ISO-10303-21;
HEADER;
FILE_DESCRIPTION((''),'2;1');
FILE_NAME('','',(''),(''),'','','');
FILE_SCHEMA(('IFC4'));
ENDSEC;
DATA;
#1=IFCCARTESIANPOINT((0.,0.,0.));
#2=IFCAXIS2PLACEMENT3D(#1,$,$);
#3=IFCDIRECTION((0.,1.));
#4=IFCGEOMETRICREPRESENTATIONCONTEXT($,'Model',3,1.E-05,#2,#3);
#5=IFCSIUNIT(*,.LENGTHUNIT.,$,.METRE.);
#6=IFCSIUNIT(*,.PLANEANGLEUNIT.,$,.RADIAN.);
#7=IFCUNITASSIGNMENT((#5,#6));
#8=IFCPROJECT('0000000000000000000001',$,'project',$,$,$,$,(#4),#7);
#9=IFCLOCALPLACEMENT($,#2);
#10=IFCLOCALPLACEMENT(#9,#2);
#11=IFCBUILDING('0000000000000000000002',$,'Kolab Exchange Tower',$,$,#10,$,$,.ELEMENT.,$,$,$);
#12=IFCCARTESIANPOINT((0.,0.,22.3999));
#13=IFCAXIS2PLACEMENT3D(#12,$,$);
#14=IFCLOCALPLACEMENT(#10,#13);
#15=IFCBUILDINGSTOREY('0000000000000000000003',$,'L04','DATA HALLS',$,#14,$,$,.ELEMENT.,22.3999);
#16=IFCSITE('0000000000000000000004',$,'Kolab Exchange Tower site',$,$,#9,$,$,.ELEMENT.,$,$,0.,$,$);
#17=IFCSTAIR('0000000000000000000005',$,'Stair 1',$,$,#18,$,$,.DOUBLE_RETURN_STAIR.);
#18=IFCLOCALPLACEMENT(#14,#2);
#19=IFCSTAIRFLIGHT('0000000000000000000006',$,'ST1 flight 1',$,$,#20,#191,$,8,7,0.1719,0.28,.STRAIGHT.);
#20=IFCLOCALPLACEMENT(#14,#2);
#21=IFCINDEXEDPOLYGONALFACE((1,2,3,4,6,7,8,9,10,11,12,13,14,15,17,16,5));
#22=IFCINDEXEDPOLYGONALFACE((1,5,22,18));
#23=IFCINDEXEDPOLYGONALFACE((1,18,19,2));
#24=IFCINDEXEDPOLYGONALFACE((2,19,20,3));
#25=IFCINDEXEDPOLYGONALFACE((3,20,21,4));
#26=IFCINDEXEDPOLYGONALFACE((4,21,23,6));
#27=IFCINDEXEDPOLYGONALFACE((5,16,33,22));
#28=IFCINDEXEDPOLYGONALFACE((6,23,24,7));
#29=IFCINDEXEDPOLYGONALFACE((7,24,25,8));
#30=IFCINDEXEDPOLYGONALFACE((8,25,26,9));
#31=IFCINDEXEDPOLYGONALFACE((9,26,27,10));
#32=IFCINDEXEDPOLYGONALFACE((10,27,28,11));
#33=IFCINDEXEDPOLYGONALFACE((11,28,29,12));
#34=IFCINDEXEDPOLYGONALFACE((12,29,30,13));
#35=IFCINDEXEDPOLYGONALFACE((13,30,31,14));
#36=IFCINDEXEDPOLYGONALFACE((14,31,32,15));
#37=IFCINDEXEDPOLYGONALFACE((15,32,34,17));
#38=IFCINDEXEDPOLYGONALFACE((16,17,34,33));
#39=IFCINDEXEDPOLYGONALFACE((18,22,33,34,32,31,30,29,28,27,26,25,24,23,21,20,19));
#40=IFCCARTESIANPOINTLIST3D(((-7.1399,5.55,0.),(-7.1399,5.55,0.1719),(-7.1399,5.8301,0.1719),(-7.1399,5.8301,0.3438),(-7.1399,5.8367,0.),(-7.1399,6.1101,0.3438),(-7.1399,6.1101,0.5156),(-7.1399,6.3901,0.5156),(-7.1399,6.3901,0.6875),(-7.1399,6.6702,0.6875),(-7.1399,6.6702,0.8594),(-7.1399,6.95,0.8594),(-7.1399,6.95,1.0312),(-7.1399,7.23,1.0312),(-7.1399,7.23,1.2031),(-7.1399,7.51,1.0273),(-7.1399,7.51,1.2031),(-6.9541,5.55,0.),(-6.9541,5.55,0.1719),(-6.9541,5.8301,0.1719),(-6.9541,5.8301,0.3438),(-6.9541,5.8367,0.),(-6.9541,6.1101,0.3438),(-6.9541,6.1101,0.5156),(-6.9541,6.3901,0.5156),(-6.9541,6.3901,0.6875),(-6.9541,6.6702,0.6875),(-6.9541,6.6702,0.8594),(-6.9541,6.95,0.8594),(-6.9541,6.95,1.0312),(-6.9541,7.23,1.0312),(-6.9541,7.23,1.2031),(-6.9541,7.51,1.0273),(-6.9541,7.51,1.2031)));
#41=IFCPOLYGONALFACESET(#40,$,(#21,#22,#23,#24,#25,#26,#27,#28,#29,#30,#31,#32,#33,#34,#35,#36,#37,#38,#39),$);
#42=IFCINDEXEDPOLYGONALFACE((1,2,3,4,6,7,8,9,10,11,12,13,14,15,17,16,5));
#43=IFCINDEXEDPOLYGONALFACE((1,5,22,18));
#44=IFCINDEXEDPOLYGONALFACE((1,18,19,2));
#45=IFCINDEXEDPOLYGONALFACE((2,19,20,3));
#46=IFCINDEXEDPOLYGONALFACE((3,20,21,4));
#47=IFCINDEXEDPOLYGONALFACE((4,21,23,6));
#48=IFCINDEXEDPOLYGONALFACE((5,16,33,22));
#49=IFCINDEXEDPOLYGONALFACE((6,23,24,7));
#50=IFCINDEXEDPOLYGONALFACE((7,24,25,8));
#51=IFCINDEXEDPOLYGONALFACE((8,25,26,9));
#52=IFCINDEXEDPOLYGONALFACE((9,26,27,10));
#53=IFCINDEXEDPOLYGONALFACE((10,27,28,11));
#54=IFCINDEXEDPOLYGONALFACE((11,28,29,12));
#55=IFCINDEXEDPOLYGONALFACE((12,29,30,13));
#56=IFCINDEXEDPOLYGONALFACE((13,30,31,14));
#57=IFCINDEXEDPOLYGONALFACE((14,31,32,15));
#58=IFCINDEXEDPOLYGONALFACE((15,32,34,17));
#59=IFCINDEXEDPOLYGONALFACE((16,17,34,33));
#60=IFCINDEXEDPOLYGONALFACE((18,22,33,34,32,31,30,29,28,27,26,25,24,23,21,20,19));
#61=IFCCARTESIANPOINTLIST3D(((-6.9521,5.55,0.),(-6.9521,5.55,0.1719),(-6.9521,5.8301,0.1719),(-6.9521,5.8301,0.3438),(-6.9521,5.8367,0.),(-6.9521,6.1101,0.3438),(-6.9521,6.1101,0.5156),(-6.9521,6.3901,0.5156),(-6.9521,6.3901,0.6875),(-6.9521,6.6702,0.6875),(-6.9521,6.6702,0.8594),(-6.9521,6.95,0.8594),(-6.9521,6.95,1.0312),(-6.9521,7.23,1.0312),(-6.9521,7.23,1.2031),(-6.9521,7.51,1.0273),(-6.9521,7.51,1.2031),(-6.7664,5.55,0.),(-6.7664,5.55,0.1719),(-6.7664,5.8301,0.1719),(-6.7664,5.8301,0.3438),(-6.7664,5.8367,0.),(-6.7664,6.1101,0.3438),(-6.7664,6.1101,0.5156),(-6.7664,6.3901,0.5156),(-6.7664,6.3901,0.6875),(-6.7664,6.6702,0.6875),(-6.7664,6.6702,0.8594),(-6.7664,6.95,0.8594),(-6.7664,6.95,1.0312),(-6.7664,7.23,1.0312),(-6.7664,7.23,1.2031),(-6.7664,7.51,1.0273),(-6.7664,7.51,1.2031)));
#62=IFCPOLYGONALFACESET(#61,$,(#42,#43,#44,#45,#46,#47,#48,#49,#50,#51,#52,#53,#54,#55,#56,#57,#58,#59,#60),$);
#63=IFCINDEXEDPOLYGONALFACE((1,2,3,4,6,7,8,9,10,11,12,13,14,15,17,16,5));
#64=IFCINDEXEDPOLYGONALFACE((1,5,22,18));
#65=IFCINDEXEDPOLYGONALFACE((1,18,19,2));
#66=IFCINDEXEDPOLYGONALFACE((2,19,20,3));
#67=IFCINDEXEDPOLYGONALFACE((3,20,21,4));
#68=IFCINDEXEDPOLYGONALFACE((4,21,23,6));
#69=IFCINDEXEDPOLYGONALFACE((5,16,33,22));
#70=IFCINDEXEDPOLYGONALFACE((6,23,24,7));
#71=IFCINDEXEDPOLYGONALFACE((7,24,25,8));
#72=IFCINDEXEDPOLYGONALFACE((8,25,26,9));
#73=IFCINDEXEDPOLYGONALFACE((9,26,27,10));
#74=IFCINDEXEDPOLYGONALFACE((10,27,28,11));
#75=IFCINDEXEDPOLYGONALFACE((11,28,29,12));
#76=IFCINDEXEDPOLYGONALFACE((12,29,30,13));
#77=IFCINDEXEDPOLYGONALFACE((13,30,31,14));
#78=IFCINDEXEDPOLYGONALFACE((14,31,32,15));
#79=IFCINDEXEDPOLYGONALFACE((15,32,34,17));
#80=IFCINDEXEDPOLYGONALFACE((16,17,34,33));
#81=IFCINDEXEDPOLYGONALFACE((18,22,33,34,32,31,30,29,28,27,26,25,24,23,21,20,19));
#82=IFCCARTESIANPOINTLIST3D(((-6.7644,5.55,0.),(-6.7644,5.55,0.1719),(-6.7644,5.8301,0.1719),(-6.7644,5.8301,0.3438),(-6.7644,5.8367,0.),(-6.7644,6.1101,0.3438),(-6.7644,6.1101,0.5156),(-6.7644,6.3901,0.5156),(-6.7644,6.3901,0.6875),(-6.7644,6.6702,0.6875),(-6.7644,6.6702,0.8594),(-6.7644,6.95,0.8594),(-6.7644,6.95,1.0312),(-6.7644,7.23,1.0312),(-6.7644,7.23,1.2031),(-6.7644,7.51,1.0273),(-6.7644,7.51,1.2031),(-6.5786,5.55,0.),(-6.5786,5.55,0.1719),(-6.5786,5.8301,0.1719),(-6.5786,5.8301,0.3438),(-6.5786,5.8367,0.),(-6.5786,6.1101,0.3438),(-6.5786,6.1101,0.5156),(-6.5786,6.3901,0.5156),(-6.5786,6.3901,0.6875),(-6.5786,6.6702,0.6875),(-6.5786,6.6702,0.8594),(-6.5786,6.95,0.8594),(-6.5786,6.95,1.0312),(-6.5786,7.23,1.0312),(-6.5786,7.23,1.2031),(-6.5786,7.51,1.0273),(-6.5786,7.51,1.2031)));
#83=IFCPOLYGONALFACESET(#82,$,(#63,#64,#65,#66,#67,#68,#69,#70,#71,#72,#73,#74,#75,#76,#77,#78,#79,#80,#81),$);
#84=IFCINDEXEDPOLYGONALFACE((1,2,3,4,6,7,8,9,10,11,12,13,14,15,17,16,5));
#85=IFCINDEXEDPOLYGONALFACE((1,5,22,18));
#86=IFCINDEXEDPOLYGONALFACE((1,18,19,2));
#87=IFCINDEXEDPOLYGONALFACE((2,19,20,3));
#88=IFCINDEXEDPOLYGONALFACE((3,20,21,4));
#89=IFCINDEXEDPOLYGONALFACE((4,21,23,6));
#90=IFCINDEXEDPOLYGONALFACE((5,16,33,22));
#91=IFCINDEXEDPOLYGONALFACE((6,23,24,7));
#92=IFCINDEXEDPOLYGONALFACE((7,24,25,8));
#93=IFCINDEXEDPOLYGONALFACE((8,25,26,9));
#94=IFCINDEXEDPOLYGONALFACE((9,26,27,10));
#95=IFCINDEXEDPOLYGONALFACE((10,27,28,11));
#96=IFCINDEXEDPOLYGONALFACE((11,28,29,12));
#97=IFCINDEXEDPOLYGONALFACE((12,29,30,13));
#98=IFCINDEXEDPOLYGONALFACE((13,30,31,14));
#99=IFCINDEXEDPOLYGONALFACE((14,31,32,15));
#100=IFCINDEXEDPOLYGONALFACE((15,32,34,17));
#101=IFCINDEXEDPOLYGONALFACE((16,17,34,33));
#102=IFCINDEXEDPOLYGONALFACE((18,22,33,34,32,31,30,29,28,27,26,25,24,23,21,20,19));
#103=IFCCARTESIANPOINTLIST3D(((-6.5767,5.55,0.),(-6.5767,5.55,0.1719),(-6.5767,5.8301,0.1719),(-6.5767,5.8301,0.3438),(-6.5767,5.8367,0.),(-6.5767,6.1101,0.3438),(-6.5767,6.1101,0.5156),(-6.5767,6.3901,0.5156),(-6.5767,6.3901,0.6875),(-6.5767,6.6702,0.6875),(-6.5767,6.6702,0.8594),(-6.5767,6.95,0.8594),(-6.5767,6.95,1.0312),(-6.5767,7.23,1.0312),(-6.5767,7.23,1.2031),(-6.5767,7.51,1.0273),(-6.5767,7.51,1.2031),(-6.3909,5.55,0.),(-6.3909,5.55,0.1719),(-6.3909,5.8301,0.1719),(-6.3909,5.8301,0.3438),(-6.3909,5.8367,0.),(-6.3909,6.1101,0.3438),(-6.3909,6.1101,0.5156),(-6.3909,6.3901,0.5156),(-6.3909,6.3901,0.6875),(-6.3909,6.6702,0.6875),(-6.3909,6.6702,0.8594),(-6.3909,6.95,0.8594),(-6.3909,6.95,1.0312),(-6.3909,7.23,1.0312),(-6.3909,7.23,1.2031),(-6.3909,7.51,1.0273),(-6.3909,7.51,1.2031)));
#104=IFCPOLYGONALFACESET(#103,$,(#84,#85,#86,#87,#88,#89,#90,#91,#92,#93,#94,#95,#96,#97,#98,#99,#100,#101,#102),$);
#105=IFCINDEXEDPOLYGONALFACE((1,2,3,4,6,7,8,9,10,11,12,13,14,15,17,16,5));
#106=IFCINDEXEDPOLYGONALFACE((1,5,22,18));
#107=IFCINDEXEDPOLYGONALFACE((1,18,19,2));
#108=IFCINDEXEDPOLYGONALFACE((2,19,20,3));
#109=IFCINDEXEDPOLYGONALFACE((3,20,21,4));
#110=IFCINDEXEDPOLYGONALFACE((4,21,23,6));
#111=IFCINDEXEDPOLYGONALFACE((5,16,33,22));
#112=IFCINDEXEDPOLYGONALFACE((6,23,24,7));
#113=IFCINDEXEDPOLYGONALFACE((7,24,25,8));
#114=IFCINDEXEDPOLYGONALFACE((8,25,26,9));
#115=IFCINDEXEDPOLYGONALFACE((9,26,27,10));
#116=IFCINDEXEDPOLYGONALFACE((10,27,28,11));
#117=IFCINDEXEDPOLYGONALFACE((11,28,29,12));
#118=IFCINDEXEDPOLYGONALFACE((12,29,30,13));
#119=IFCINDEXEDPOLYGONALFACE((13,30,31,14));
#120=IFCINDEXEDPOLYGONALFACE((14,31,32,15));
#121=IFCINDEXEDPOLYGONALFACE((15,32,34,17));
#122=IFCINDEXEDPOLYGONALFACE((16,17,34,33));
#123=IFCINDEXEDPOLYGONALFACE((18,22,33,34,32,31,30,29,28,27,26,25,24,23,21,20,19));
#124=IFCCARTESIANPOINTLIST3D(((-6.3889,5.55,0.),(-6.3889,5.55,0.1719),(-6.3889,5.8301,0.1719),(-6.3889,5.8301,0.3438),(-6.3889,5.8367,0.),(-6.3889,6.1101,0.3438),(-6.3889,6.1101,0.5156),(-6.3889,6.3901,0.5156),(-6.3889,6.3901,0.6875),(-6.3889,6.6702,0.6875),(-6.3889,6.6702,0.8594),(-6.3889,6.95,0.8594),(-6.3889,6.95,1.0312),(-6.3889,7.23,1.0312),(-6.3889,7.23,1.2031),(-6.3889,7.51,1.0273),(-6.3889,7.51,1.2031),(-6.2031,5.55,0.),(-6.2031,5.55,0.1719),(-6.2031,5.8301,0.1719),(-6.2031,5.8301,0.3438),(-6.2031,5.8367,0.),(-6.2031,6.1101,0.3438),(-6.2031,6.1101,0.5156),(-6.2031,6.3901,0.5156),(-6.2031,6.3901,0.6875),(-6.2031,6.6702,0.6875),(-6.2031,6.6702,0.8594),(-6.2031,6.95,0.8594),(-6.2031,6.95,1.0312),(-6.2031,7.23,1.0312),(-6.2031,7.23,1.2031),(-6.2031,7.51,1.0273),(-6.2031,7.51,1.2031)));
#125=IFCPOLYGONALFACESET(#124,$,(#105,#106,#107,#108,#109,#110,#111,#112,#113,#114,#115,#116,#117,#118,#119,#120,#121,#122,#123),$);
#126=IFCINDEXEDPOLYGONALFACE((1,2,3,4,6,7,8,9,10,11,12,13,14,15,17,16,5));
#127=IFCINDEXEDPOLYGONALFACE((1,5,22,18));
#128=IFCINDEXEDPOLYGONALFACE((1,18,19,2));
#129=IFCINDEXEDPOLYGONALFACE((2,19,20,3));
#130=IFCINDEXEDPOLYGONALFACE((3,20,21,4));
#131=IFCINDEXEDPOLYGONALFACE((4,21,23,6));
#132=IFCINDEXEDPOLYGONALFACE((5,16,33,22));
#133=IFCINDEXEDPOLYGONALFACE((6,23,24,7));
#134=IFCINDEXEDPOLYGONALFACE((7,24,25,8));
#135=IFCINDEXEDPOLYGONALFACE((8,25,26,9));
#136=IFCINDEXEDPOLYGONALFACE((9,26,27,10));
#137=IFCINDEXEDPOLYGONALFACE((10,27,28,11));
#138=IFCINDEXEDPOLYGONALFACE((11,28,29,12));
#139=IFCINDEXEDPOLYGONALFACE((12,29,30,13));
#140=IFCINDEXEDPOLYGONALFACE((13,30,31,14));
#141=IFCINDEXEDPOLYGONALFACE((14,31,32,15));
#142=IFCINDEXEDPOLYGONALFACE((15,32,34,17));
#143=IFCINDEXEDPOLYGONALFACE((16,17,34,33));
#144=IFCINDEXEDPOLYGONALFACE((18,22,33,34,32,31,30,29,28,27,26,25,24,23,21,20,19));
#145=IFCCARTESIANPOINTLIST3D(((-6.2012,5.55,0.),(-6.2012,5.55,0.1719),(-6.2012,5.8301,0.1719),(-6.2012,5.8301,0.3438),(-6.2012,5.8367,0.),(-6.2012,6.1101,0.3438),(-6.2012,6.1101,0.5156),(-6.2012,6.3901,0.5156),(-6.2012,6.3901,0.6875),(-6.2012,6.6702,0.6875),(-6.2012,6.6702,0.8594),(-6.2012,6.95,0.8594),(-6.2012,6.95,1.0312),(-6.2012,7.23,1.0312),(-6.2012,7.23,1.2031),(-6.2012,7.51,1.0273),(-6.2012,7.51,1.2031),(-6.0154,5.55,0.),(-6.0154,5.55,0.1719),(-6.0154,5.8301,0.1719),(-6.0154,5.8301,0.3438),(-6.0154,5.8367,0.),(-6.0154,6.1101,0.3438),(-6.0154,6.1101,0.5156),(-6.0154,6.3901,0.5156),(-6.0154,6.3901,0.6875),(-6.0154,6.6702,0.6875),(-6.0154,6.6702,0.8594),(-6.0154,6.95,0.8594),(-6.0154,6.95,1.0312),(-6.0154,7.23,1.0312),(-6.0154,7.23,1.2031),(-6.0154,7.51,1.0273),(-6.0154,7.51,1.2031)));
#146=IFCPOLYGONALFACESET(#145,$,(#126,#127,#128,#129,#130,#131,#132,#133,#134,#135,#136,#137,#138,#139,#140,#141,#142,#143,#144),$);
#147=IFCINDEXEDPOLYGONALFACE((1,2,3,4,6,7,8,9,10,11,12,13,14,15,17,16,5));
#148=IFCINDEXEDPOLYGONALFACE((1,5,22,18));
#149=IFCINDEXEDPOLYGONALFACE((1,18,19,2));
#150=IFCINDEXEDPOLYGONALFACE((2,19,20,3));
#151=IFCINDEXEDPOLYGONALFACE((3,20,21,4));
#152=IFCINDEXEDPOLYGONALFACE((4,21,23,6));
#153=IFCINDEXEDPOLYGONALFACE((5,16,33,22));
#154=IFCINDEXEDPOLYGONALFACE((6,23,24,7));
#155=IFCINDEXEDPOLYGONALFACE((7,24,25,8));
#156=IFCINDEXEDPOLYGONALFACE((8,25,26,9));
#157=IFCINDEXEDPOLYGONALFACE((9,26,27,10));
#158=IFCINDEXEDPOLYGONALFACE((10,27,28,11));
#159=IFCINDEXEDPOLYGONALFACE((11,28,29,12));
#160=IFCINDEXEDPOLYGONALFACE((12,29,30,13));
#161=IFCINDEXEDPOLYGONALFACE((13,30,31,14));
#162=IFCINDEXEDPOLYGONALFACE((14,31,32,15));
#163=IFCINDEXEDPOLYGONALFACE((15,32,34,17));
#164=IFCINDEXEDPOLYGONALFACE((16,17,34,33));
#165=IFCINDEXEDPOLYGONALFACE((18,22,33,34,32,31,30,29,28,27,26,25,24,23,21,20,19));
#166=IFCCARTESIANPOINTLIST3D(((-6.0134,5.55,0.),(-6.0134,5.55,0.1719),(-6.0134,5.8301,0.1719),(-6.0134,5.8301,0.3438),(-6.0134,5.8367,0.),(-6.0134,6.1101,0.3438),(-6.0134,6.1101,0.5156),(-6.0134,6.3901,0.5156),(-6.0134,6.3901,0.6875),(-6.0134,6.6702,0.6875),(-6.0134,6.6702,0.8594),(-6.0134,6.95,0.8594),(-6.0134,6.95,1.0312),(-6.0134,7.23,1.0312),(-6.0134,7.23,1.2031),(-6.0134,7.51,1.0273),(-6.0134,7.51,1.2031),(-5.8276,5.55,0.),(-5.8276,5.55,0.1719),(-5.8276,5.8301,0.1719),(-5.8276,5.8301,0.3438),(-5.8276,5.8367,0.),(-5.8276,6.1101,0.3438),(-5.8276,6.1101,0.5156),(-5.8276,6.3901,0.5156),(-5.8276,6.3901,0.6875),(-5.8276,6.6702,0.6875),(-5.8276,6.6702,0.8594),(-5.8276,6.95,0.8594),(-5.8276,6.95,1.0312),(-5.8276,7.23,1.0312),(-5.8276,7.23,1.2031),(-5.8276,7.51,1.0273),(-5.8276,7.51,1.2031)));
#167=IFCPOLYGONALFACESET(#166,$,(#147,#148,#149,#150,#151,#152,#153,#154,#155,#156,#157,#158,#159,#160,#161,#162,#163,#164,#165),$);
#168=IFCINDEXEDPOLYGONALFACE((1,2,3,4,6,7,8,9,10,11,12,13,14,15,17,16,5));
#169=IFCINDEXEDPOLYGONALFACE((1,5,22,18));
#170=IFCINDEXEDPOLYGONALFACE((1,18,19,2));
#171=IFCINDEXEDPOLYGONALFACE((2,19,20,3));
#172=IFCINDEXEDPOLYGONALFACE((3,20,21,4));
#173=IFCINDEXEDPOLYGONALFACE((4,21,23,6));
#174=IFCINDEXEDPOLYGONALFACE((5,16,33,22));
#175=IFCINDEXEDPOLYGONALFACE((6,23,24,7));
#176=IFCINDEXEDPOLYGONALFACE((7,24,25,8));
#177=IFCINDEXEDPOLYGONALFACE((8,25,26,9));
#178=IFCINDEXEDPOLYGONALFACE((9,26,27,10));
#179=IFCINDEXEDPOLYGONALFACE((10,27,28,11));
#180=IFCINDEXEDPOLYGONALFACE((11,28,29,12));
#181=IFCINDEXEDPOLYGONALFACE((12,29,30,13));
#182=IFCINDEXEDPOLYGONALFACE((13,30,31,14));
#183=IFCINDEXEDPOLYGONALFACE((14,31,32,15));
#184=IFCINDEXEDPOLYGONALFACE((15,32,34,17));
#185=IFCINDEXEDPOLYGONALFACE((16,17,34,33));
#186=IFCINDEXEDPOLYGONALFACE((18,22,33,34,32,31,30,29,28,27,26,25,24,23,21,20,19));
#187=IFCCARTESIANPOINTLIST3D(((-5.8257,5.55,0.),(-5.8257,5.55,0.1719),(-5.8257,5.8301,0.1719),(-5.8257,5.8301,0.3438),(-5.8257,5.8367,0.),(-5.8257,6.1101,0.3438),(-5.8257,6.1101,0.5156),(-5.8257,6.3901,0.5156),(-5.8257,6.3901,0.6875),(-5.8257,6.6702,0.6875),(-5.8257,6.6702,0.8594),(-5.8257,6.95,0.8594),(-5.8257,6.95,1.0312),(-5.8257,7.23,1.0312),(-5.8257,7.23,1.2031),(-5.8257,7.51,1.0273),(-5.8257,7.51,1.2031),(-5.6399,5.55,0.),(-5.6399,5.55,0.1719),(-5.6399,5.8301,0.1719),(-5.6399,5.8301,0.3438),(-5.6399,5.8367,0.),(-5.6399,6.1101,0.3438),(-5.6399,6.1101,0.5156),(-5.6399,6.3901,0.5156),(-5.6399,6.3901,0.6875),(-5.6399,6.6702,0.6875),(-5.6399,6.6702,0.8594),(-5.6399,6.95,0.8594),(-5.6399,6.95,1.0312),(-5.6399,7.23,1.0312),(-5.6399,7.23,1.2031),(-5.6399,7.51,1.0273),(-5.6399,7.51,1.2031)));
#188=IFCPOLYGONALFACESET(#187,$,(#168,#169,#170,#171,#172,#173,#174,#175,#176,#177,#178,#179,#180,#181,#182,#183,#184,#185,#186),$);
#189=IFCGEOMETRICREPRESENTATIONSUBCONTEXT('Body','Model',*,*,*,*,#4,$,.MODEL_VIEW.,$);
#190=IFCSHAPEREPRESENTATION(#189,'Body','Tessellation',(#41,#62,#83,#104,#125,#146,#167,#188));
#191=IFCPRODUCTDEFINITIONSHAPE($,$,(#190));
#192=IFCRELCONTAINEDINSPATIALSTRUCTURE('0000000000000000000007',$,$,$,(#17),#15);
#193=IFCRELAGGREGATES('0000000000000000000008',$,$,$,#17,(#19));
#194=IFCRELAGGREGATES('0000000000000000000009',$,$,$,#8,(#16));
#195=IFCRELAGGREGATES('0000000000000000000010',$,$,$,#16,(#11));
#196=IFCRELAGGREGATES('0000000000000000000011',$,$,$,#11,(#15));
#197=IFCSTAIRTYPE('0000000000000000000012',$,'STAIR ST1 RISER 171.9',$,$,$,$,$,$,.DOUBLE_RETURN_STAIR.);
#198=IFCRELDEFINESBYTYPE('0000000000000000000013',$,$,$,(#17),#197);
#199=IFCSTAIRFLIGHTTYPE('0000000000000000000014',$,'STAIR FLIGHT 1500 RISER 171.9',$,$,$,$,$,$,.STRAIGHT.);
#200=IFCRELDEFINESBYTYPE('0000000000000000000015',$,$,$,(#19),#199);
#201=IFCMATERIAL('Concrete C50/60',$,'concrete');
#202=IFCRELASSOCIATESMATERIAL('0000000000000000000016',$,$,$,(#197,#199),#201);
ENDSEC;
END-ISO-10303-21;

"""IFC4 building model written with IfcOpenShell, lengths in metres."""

from ifc_helpers import new_model, si_unit, direction, frame, origin, place, context, subcontext, project, spatial, polyline, outline, extrude, material, type_object, element, aggregate, save


model = new_model("IFC4")

# Units and contexts
model_context = context("Model", 3, precision=1e-05, world=origin(), true_north=direction((0.0, 1.0)))
body_context = subcontext(model_context, "Body", "Model", "MODEL_VIEW")
ifc_project = project(units=[si_unit("LENGTHUNIT", "METRE"), si_unit("PLANEANGLEUNIT", "RADIAN")], contexts=[model_context])

# Site, building, storey
site_placement = place(None, origin())
site = spatial("IfcSite", under=ifc_project, at=site_placement, Name="Kolab Exchange Tower site", CompositionType="ELEMENT", RefElevation=0.0)
building_placement = place(site_placement, origin())
building = spatial("IfcBuilding", under=site, at=building_placement, Name="Kolab Exchange Tower", CompositionType="ELEMENT")
storey_placement = place(building_placement, frame((0.0, 0.0, 22.3999)))
storey = spatial("IfcBuildingStorey", under=building, at=storey_placement, Name="L04", Description="DATA HALLS", CompositionType="ELEMENT", Elevation=22.3999)

# Shared definitions
ifc_material_1 = material(Name="Concrete C50/60", Category="concrete")

# Stair, stair flight
stair_type = type_object("IfcStairType", Name="STAIR ST1 RISER 171.9", PredefinedType="DOUBLE_RETURN_STAIR", material=ifc_material_1)
stair_placement = place(storey_placement, origin())
stair = element("IfcStair", 1, at=stair_placement, inside=storey, type_object=stair_type, Name="Stair 1", PredefinedType="DOUBLE_RETURN_STAIR")
stair_flight_type = type_object("IfcStairFlightType", Name="STAIR FLIGHT 1500 RISER 171.9", PredefinedType="STRAIGHT", material=ifc_material_1)
stair_flight_1_placement = place(storey_placement, frame((-6.3899, 5.55, 0.0), z_axis=(0.0, 0.0, 1.0), x_axis=(0.0, 1.0, 0.0)))
stair_flight_1 = element("IfcStairFlight", 2, at=stair_flight_1_placement, type_object=stair_flight_type, Name="ST1 flight 1", NumberOfRisers=8, NumberOfTreads=7, PredefinedType="STRAIGHT", RiserHeight=0.1719, TreadLength=0.28, context=body_context, shape_type="SweptSolid", body=[
    extrude(outline(polyline([(0.0, 0.0), (0.0, 0.1719), (0.28, 0.1719), (0.28, 0.3438), (0.5601, 0.3438), (0.5601, 0.5156), (0.8401, 0.5156), (0.8401, 0.6875), (1.1201, 0.6875), (1.1201, 0.8594), (1.3999, 0.8594), (1.3999, 1.0312), (1.6799, 1.0312), (1.6799, 1.2031), (1.96, 1.2031), (1.96, 1.375), (1.96, 1.0273), (0.2866, 0.0), (0.0, 0.0)])), frame((0.0, 0.75, 0.0), z_axis=(0.0, -1.0, 0.0), x_axis=(1.0, 0.0, 0.0)), (0.0, 0.0, 1.0), 0.1858),
    extrude(outline(polyline([(0.0, 0.0), (0.0, 0.1719), (0.28, 0.1719), (0.28, 0.3438), (0.5601, 0.3438), (0.5601, 0.5156), (0.8401, 0.5156), (0.8401, 0.6875), (1.1201, 0.6875), (1.1201, 0.8594), (1.3999, 0.8594), (1.3999, 1.0312), (1.6799, 1.0312), (1.6799, 1.2031), (1.96, 1.2031), (1.96, 1.375), (1.96, 1.0273), (0.2866, 0.0), (0.0, 0.0)])), frame((0.0, 0.5623, 0.0), z_axis=(0.0, -1.0, 0.0), x_axis=(1.0, 0.0, 0.0)), (0.0, 0.0, 1.0), 0.1858),
    extrude(outline(polyline([(0.0, 0.0), (0.0, 0.1719), (0.28, 0.1719), (0.28, 0.3438), (0.5601, 0.3438), (0.5601, 0.5156), (0.8401, 0.5156), (0.8401, 0.6875), (1.1201, 0.6875), (1.1201, 0.8594), (1.3999, 0.8594), (1.3999, 1.0312), (1.6799, 1.0312), (1.6799, 1.2031), (1.96, 1.2031), (1.96, 1.375), (1.96, 1.0273), (0.2866, 0.0), (0.0, 0.0)])), frame((0.0, 0.3745, 0.0), z_axis=(0.0, -1.0, 0.0), x_axis=(1.0, 0.0, 0.0)), (0.0, 0.0, 1.0), 0.1858),
    extrude(outline(polyline([(0.0, 0.0), (0.0, 0.1719), (0.28, 0.1719), (0.28, 0.3438), (0.5601, 0.3438), (0.5601, 0.5156), (0.8401, 0.5156), (0.8401, 0.6875), (1.1201, 0.6875), (1.1201, 0.8594), (1.3999, 0.8594), (1.3999, 1.0312), (1.6799, 1.0312), (1.6799, 1.2031), (1.96, 1.2031), (1.96, 1.375), (1.96, 1.0273), (0.2866, 0.0), (0.0, 0.0)])), frame((0.0, 0.1868, 0.0), z_axis=(0.0, -1.0, 0.0), x_axis=(1.0, 0.0, 0.0)), (0.0, 0.0, 1.0), 0.1858),
    extrude(outline(polyline([(0.0, 0.0), (0.0, 0.1719), (0.28, 0.1719), (0.28, 0.3438), (0.5601, 0.3438), (0.5601, 0.5156), (0.8401, 0.5156), (0.8401, 0.6875), (1.1201, 0.6875), (1.1201, 0.8594), (1.3999, 0.8594), (1.3999, 1.0312), (1.6799, 1.0312), (1.6799, 1.2031), (1.96, 1.2031), (1.96, 1.375), (1.96, 1.0273), (0.2866, 0.0), (0.0, 0.0)])), frame((0.0, -0.001, 0.0), z_axis=(0.0, -1.0, 0.0), x_axis=(1.0, 0.0, 0.0)), (0.0, 0.0, 1.0), 0.1858),
    extrude(outline(polyline([(0.0, 0.0), (0.0, 0.1719), (0.28, 0.1719), (0.28, 0.3438), (0.5601, 0.3438), (0.5601, 0.5156), (0.8401, 0.5156), (0.8401, 0.6875), (1.1201, 0.6875), (1.1201, 0.8594), (1.3999, 0.8594), (1.3999, 1.0312), (1.6799, 1.0312), (1.6799, 1.2031), (1.96, 1.2031), (1.96, 1.375), (1.96, 1.0273), (0.2866, 0.0), (0.0, 0.0)])), frame((0.0, -0.1887, 0.0), z_axis=(0.0, -1.0, 0.0), x_axis=(1.0, 0.0, 0.0)), (0.0, 0.0, 1.0), 0.1858),
    extrude(outline(polyline([(0.0, 0.0), (0.0, 0.1719), (0.28, 0.1719), (0.28, 0.3438), (0.5601, 0.3438), (0.5601, 0.5156), (0.8401, 0.5156), (0.8401, 0.6875), (1.1201, 0.6875), (1.1201, 0.8594), (1.3999, 0.8594), (1.3999, 1.0312), (1.6799, 1.0312), (1.6799, 1.2031), (1.96, 1.2031), (1.96, 1.375), (1.96, 1.0273), (0.2866, 0.0), (0.0, 0.0)])), frame((0.0, -0.3765, 0.0), z_axis=(0.0, -1.0, 0.0), x_axis=(1.0, 0.0, 0.0)), (0.0, 0.0, 1.0), 0.1858),
    extrude(outline(polyline([(0.0, 0.0), (0.0, 0.1719), (0.28, 0.1719), (0.28, 0.3438), (0.5601, 0.3438), (0.5601, 0.5156), (0.8401, 0.5156), (0.8401, 0.6875), (1.1201, 0.6875), (1.1201, 0.8594), (1.3999, 0.8594), (1.3999, 1.0312), (1.6799, 1.0312), (1.6799, 1.2031), (1.96, 1.2031), (1.96, 1.375), (1.96, 1.0273), (0.2866, 0.0), (0.0, 0.0)])), frame((0.0, -0.5642, 0.0), z_axis=(0.0, -1.0, 0.0), x_axis=(1.0, 0.0, 0.0)), (0.0, 0.0, 1.0), 0.1858),
])
aggregate(stair, [stair_flight_1])

save(model, "model.ifc")
